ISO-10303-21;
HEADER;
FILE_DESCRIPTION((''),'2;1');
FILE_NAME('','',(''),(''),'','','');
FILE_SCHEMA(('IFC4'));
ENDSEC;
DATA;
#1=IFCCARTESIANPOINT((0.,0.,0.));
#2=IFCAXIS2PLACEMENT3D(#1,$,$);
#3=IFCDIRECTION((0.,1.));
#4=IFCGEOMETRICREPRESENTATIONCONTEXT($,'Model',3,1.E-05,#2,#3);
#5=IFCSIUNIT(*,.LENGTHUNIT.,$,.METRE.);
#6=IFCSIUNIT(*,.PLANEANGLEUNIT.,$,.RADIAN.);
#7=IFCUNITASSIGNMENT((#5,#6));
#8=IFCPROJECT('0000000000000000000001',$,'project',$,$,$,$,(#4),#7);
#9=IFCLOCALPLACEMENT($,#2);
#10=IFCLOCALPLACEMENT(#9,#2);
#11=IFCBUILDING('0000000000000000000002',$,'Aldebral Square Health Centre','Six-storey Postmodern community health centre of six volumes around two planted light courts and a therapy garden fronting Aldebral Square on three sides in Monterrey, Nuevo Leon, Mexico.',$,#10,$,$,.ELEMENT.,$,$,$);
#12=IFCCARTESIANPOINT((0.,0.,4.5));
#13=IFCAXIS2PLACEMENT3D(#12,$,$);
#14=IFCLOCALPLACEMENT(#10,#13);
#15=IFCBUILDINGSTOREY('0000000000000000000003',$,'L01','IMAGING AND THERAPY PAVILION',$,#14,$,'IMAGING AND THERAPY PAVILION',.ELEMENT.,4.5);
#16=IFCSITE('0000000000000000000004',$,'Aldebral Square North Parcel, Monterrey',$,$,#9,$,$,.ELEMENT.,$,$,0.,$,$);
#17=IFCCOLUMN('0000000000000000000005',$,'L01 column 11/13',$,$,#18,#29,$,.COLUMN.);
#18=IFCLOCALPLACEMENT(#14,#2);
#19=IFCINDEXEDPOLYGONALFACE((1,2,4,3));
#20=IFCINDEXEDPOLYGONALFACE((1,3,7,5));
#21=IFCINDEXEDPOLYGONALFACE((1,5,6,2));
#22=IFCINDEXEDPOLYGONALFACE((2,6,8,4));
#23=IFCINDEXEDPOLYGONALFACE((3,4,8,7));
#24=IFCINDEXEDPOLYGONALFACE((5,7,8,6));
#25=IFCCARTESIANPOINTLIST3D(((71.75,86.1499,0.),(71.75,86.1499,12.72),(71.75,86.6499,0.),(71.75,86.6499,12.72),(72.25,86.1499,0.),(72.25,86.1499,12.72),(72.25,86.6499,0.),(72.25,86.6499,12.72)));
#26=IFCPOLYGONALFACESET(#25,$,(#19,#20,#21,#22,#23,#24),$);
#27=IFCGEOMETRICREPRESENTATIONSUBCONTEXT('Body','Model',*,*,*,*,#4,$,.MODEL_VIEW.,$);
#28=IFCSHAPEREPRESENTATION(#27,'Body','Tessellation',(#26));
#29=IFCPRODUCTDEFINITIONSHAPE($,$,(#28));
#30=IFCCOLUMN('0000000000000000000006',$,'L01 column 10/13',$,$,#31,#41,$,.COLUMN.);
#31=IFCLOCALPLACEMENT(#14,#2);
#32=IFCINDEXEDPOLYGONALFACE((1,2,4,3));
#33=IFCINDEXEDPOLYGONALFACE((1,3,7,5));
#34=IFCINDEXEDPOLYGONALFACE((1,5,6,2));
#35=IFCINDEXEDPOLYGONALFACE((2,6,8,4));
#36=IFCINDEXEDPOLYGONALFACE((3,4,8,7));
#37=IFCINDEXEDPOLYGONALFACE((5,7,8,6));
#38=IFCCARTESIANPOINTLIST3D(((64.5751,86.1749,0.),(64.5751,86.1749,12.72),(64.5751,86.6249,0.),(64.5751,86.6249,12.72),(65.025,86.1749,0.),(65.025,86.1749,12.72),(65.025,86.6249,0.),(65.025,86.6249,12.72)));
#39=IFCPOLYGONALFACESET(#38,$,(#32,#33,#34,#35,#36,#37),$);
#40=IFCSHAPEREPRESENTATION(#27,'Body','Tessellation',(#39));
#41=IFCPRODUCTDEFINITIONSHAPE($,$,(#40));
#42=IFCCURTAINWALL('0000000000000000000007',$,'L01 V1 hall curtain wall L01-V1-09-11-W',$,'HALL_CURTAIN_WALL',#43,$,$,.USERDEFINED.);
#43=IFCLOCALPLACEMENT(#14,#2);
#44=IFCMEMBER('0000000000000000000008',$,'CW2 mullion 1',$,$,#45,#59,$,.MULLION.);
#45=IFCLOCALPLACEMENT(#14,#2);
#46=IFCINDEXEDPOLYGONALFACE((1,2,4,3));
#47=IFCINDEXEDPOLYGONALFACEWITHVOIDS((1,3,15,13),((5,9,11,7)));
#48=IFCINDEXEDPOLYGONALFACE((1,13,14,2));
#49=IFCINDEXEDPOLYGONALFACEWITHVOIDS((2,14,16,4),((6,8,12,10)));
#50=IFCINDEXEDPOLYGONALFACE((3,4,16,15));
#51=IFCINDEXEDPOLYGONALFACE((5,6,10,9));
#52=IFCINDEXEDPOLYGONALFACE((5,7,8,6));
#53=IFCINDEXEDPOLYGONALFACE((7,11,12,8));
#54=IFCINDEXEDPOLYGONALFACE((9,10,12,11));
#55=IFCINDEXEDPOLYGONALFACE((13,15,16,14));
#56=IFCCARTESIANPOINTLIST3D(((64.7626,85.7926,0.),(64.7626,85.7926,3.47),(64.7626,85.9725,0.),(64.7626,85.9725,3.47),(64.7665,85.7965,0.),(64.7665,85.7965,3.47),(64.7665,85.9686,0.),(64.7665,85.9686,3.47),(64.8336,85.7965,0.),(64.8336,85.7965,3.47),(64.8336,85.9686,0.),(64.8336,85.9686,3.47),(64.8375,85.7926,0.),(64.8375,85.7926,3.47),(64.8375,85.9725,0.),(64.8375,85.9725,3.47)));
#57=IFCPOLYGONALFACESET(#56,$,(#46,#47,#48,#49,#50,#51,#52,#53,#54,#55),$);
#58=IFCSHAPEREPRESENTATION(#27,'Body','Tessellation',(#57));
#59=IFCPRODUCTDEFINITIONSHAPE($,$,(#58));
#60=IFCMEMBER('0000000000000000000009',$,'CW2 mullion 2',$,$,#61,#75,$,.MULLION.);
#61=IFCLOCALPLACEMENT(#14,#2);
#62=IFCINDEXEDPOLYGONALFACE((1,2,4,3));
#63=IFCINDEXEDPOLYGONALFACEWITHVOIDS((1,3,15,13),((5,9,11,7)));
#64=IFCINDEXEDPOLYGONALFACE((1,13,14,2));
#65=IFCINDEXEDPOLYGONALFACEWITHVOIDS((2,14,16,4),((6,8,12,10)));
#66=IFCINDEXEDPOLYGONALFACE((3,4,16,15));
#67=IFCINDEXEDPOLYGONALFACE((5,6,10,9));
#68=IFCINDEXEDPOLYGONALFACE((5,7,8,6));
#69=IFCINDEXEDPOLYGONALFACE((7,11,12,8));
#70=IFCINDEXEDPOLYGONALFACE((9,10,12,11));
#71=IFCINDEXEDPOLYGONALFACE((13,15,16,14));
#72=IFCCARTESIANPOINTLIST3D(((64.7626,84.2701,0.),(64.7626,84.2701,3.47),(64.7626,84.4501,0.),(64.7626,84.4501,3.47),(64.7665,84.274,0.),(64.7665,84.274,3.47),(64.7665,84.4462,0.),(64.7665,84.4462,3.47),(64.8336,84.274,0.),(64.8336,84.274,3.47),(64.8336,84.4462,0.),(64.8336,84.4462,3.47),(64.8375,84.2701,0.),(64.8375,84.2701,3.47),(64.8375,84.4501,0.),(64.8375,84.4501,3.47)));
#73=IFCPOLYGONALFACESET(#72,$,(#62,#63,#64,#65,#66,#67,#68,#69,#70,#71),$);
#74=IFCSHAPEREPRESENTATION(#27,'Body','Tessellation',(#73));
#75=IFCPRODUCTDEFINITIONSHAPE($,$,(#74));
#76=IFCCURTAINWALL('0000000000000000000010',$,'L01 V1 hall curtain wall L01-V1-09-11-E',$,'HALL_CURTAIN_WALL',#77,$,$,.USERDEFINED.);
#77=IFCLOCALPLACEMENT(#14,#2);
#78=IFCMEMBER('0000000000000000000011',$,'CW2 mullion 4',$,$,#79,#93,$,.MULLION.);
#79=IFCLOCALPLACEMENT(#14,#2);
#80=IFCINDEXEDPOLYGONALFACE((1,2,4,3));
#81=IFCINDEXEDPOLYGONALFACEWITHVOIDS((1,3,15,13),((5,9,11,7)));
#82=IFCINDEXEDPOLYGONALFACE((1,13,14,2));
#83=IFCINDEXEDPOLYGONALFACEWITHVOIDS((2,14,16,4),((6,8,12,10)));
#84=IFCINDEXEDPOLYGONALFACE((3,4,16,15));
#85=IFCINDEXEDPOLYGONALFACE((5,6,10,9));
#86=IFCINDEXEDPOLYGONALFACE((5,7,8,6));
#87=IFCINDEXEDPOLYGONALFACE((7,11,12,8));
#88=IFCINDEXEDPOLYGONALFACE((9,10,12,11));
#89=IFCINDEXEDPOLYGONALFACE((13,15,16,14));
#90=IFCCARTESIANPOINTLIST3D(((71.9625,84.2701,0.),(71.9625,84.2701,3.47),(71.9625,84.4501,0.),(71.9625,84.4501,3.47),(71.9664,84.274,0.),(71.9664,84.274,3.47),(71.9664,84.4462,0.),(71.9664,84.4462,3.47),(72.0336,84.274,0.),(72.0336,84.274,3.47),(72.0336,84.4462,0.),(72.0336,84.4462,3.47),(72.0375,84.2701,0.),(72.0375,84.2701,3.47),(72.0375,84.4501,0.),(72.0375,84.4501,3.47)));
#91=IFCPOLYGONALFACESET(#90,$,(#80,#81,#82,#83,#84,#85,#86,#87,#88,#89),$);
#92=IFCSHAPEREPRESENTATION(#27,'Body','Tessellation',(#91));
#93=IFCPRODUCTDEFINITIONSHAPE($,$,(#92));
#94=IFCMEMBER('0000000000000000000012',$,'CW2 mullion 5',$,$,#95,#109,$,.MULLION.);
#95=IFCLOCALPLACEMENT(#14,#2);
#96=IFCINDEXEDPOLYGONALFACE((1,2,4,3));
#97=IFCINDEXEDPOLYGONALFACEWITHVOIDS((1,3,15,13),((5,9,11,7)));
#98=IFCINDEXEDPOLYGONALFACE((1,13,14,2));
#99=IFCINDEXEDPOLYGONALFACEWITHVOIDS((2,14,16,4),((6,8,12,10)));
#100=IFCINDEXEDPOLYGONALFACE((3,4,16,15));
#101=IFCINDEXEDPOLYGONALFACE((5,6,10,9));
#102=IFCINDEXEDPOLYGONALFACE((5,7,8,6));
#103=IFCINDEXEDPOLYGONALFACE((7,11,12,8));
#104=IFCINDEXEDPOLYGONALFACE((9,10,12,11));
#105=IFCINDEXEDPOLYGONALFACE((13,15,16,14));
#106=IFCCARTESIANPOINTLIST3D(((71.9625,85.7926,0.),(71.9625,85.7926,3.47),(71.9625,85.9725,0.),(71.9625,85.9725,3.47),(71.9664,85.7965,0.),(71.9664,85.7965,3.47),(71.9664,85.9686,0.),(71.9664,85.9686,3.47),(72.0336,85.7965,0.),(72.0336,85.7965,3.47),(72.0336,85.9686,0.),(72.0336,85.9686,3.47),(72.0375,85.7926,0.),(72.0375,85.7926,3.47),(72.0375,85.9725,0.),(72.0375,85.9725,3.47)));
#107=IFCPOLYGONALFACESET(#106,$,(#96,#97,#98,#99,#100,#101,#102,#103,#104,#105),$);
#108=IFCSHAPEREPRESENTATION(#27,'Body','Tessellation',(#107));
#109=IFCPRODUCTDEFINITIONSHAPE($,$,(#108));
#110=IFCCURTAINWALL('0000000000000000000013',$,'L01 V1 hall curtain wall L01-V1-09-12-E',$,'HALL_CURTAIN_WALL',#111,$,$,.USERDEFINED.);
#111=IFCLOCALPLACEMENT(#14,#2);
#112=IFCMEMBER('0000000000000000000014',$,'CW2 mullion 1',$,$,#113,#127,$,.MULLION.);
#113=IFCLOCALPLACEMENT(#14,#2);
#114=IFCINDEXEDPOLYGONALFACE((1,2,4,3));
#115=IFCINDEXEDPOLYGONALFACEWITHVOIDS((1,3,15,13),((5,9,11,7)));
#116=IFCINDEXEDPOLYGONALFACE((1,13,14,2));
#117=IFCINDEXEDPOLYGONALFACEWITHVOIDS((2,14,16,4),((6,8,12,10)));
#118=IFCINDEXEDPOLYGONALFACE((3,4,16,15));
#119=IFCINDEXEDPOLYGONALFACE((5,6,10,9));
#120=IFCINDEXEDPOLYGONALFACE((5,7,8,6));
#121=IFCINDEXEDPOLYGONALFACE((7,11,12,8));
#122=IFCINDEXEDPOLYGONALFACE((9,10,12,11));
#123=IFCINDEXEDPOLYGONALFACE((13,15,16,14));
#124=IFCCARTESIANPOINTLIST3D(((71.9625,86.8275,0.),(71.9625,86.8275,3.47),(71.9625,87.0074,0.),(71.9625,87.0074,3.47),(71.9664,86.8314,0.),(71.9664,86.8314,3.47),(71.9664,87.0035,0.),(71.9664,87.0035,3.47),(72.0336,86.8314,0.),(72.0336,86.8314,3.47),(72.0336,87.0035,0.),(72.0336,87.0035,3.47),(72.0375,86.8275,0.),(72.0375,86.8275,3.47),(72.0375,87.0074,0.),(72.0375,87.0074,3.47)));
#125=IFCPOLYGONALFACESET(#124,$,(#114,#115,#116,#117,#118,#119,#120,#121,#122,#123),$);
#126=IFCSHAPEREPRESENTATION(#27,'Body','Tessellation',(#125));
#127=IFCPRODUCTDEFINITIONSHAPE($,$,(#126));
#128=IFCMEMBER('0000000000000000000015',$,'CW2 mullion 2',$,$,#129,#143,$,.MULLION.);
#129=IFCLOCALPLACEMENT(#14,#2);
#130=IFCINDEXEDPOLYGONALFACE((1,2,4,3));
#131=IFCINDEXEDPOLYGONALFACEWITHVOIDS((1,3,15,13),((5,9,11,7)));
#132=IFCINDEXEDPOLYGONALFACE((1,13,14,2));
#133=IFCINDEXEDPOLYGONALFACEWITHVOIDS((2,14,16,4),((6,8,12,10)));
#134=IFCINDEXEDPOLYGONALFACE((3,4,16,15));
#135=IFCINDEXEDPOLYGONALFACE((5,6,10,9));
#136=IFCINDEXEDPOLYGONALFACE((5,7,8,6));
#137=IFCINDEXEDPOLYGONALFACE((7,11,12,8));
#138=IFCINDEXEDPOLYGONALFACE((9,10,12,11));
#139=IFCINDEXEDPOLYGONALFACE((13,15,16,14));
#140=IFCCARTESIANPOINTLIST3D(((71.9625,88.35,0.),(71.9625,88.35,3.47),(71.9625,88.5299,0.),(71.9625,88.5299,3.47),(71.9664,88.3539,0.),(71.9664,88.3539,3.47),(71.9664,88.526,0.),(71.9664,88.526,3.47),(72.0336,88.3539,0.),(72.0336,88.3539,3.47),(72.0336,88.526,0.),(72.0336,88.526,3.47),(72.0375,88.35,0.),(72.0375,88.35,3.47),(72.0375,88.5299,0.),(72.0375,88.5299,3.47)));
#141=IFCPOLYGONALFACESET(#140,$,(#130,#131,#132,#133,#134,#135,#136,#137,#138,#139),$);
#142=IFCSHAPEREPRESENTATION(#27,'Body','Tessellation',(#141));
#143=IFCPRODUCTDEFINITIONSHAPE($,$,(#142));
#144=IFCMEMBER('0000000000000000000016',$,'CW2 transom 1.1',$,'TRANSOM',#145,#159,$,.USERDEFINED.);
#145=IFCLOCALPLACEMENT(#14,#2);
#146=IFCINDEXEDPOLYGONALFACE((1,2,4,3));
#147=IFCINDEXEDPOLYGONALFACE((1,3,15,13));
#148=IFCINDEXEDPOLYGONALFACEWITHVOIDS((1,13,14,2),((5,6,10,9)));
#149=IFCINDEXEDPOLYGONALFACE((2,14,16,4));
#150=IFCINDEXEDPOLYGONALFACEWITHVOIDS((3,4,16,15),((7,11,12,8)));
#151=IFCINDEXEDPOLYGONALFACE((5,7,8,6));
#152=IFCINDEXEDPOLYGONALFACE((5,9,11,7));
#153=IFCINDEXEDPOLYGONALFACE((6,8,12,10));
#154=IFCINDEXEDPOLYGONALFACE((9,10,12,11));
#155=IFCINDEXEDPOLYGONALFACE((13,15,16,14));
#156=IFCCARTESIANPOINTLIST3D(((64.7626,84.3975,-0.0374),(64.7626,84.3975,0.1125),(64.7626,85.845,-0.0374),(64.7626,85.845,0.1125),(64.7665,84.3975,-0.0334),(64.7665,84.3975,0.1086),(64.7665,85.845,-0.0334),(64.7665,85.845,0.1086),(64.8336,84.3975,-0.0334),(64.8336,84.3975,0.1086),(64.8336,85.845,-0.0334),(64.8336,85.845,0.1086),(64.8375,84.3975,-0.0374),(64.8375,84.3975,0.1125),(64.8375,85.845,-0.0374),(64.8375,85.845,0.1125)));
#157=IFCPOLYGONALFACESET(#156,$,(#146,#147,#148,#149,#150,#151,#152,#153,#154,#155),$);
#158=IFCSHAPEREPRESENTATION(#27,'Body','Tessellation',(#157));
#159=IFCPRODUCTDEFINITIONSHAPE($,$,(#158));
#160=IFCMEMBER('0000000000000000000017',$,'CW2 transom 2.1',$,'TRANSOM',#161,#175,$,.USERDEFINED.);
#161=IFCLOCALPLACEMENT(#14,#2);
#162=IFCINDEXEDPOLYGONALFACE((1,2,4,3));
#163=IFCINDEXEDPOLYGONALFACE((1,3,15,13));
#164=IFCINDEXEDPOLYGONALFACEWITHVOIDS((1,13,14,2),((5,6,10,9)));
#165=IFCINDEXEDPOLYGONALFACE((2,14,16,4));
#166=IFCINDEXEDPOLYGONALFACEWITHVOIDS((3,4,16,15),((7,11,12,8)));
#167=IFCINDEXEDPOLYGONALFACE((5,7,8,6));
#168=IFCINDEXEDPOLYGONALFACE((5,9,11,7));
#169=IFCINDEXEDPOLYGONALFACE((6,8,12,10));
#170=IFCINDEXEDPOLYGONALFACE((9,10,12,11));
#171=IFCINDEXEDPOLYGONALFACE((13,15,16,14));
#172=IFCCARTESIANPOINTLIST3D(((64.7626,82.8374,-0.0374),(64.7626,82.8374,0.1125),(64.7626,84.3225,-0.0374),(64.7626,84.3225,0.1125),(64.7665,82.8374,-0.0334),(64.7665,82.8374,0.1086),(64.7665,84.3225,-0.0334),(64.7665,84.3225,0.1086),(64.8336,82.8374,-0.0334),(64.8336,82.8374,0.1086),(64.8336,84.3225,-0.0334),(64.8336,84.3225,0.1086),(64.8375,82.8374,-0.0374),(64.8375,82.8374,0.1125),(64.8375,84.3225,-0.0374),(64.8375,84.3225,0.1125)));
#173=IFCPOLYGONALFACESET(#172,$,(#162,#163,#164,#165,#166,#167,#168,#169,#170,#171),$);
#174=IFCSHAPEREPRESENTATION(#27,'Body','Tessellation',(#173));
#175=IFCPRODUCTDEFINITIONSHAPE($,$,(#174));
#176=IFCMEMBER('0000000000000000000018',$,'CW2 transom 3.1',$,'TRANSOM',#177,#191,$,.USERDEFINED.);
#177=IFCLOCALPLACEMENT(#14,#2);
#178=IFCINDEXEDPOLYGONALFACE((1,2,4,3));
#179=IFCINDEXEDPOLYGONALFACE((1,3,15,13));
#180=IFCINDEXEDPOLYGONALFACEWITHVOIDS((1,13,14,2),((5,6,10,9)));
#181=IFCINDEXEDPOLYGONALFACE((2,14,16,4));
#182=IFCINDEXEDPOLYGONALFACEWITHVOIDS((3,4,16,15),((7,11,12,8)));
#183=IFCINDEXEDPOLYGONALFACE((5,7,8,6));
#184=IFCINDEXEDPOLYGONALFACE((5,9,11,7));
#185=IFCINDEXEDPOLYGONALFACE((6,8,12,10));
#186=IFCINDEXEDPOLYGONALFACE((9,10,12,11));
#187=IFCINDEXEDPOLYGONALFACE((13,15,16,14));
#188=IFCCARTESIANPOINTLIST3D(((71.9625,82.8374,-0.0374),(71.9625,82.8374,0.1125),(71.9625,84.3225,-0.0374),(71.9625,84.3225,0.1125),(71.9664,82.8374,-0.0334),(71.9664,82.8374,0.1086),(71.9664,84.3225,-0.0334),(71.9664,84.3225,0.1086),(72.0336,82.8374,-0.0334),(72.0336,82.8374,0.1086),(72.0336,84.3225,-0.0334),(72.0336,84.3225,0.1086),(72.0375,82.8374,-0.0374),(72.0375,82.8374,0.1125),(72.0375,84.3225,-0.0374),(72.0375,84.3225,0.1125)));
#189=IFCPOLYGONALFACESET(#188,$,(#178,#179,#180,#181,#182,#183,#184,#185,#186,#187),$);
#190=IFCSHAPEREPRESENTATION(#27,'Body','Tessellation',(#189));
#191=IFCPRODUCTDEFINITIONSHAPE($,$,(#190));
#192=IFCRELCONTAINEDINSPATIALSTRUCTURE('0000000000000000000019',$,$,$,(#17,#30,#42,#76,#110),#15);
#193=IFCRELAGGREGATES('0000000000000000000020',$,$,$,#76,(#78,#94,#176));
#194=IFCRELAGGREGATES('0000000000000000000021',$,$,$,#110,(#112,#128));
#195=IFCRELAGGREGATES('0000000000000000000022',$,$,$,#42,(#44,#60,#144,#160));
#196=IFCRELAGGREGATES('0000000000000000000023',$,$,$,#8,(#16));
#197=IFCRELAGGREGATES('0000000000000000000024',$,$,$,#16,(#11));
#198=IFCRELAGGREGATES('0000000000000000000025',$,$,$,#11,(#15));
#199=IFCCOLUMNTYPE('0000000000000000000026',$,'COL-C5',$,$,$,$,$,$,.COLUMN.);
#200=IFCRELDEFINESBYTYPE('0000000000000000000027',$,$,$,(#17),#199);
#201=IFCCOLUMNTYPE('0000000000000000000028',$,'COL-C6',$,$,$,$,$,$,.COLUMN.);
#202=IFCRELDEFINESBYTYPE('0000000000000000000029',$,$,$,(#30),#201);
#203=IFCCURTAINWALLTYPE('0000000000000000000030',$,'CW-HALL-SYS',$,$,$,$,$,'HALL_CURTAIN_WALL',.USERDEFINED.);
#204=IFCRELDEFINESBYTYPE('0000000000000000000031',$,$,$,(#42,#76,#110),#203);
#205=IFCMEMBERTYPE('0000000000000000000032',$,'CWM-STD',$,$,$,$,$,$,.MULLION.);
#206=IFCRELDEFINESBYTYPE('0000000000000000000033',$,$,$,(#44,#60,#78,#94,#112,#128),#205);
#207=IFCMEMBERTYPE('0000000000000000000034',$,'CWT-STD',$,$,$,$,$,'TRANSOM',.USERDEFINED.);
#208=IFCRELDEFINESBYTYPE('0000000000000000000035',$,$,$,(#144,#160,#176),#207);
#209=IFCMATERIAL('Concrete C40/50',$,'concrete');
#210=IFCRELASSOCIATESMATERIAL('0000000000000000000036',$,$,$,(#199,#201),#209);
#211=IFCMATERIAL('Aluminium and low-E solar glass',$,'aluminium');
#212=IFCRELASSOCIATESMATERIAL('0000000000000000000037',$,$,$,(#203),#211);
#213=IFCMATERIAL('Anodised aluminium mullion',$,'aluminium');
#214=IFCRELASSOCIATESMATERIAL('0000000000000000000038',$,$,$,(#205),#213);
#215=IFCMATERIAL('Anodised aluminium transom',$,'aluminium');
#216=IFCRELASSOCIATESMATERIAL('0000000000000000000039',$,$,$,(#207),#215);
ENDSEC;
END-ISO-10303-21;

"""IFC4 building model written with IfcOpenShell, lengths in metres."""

from ifc_helpers import new_model, si_unit, direction, frame, origin, origin_2d, place, context, subcontext, project, spatial, rectangle, hollow_rectangle, extrude, material, material_profile, profile_set, type_object, element, aggregate, save


model = new_model("IFC4")

# Units and contexts
model_context = context("Model", 3, precision=1e-05, world=origin(), true_north=direction((0.0, 1.0)))
body_context = subcontext(model_context, "Body", "Model", "MODEL_VIEW")
ifc_project = project(units=[si_unit("LENGTHUNIT", "METRE"), si_unit("PLANEANGLEUNIT", "RADIAN")], contexts=[model_context])

# Site, building, storey
site_placement = place(None, origin())
site = spatial("IfcSite", under=ifc_project, at=site_placement, Name="Aldebral Square North Parcel, Monterrey", CompositionType="ELEMENT", RefElevation=0.0)
building_placement = place(site_placement, origin())
building = spatial("IfcBuilding", under=site, at=building_placement, Name="Aldebral Square Health Centre", Description="Six-storey Postmodern community health centre of six volumes around two planted light courts and a therapy garden fronting Aldebral Square on three sides in Monterrey, Nuevo Leon, Mexico.", CompositionType="ELEMENT")
storey_placement = place(building_placement, frame((0.0, 0.0, 4.5)))
storey = spatial("IfcBuildingStorey", under=building, at=storey_placement, Name="L01", Description="IMAGING AND THERAPY PAVILION", LongName="IMAGING AND THERAPY PAVILION", CompositionType="ELEMENT", Elevation=4.5)

# Columns
ifc_material_1 = material(Name="Concrete C40/50", Category="concrete")
ifc_material_profile_1 = material_profile(ifc_material_1, rectangle(XDim=0.5, YDim=0.5, at=origin_2d()), Name="RC 500x500")
ifc_profile_set_1 = profile_set([ifc_material_profile_1], Name="Concrete C40/50")
column_type_1 = type_object("IfcColumnType", Name="COL-C5", PredefinedType="COLUMN", material=ifc_profile_set_1)
column_1_placement = place(storey_placement, frame((72.0, 86.3999, 0.0), z_axis=(0.0, 0.0, 1.0), x_axis=(1.0, 0.0, 0.0)))
element("IfcColumn", 1, at=column_1_placement, inside=storey, type_object=column_type_1, Name="L01 column 11/13", PredefinedType="COLUMN", context=body_context, shape_type="SweptSolid", body=[
    extrude(rectangle(XDim=0.5, YDim=0.5, at=origin_2d()), origin(), (0.0, 0.0, 1.0), 12.72),
])
ifc_material_profile_2 = material_profile(ifc_material_1, rectangle(XDim=0.45, YDim=0.45, at=origin_2d()), Name="RC 450x450")
ifc_profile_set_2 = profile_set([ifc_material_profile_2], Name="Concrete C40/50")
column_type_2 = type_object("IfcColumnType", Name="COL-C6", PredefinedType="COLUMN", material=ifc_profile_set_2)
column_2_placement = place(storey_placement, frame((64.8, 86.3999, 0.0), z_axis=(0.0, 0.0, 1.0), x_axis=(1.0, 0.0, 0.0)))
element("IfcColumn", 2, at=column_2_placement, inside=storey, type_object=column_type_2, Name="L01 column 10/13", PredefinedType="COLUMN", context=body_context, shape_type="SweptSolid", body=[
    extrude(rectangle(XDim=0.45, YDim=0.45, at=origin_2d()), origin(), (0.0, 0.0, 1.0), 12.72),
])

# Curtain walls, members
ifc_material_2 = material(Name="Aluminium and low-E solar glass", Category="aluminium")
curtain_wall_type = type_object("IfcCurtainWallType", Name="CW-HALL-SYS", ElementType="HALL_CURTAIN_WALL", PredefinedType="USERDEFINED", material=ifc_material_2)
curtain_wall_1_placement = place(storey_placement, origin())
curtain_wall_1 = element("IfcCurtainWall", 3, at=curtain_wall_1_placement, inside=storey, type_object=curtain_wall_type, Name="L01 V1 hall curtain wall L01-V1-09-11-W", ObjectType="HALL_CURTAIN_WALL", PredefinedType="USERDEFINED")
ifc_material_3 = material(Name="Anodised aluminium mullion", Category="aluminium")
ifc_material_profile_3 = material_profile(ifc_material_3, hollow_rectangle(XDim=0.075, YDim=0.1799, WallThickness=0.0039, at=origin_2d()), Name="CWM 75x180x4")
ifc_profile_set_3 = profile_set([ifc_material_profile_3], Name="Anodised aluminium mullion")
member_type_1 = type_object("IfcMemberType", Name="CWM-STD", PredefinedType="MULLION", material=ifc_profile_set_3)
member_1_placement = place(storey_placement, frame((64.8, 85.8826, 0.0), z_axis=(0.0, 0.0, 1.0), x_axis=(1.0, 0.0, 0.0)))
member_1 = element("IfcMember", 4, at=member_1_placement, type_object=member_type_1, Name="CW2 mullion 1", PredefinedType="MULLION", context=body_context, shape_type="SweptSolid", body=[
    extrude(hollow_rectangle(XDim=0.075, YDim=0.1799, WallThickness=0.0039, at=origin_2d()), origin(), (0.0, 0.0, 1.0), 3.47),
])
member_2_placement = place(storey_placement, frame((64.8, 84.3601, 0.0), z_axis=(0.0, 0.0, 1.0), x_axis=(1.0, 0.0, 0.0)))
member_2 = element("IfcMember", 5, at=member_2_placement, type_object=member_type_1, Name="CW2 mullion 2", PredefinedType="MULLION", context=body_context, shape_type="SweptSolid", body=[
    extrude(hollow_rectangle(XDim=0.075, YDim=0.1799, WallThickness=0.0039, at=origin_2d()), origin(), (0.0, 0.0, 1.0), 3.47),
])
curtain_wall_2_placement = place(storey_placement, origin())
curtain_wall_2 = element("IfcCurtainWall", 6, at=curtain_wall_2_placement, inside=storey, type_object=curtain_wall_type, Name="L01 V1 hall curtain wall L01-V1-09-11-E", ObjectType="HALL_CURTAIN_WALL", PredefinedType="USERDEFINED")
member_3_placement = place(storey_placement, frame((72.0, 84.3601, 0.0), z_axis=(0.0, 0.0, 1.0), x_axis=(-1.0, 0.0, 0.0)))
member_3 = element("IfcMember", 7, at=member_3_placement, type_object=member_type_1, Name="CW2 mullion 4", PredefinedType="MULLION", context=body_context, shape_type="SweptSolid", body=[
    extrude(hollow_rectangle(XDim=0.075, YDim=0.1799, WallThickness=0.0039, at=origin_2d()), origin(), (0.0, 0.0, 1.0), 3.47),
])
member_4_placement = place(storey_placement, frame((72.0, 85.8826, 0.0), z_axis=(0.0, 0.0, 1.0), x_axis=(-1.0, 0.0, 0.0)))
member_4 = element("IfcMember", 8, at=member_4_placement, type_object=member_type_1, Name="CW2 mullion 5", PredefinedType="MULLION", context=body_context, shape_type="SweptSolid", body=[
    extrude(hollow_rectangle(XDim=0.075, YDim=0.1799, WallThickness=0.0039, at=origin_2d()), origin(), (0.0, 0.0, 1.0), 3.47),
])
curtain_wall_3_placement = place(storey_placement, origin())
curtain_wall_3 = element("IfcCurtainWall", 9, at=curtain_wall_3_placement, inside=storey, type_object=curtain_wall_type, Name="L01 V1 hall curtain wall L01-V1-09-12-E", ObjectType="HALL_CURTAIN_WALL", PredefinedType="USERDEFINED")
member_5_placement = place(storey_placement, frame((72.0, 86.9175, 0.0), z_axis=(0.0, 0.0, 1.0), x_axis=(-1.0, 0.0, 0.0)))
member_5 = element("IfcMember", 10, at=member_5_placement, type_object=member_type_1, Name="CW2 mullion 1", PredefinedType="MULLION", context=body_context, shape_type="SweptSolid", body=[
    extrude(hollow_rectangle(XDim=0.075, YDim=0.1799, WallThickness=0.0039, at=origin_2d()), origin(), (0.0, 0.0, 1.0), 3.47),
])
member_6_placement = place(storey_placement, frame((72.0, 88.4399, 0.0), z_axis=(0.0, 0.0, 1.0), x_axis=(-1.0, 0.0, 0.0)))
member_6 = element("IfcMember", 11, at=member_6_placement, type_object=member_type_1, Name="CW2 mullion 2", PredefinedType="MULLION", context=body_context, shape_type="SweptSolid", body=[
    extrude(hollow_rectangle(XDim=0.075, YDim=0.1799, WallThickness=0.0039, at=origin_2d()), origin(), (0.0, 0.0, 1.0), 3.47),
])

# Members
ifc_material_4 = material(Name="Anodised aluminium transom", Category="aluminium")
ifc_material_profile_4 = material_profile(ifc_material_4, hollow_rectangle(XDim=0.075, YDim=0.1499, WallThickness=0.0039, at=origin_2d()), Name="CWT 75x150x4")
ifc_profile_set_4 = profile_set([ifc_material_profile_4], Name="Anodised aluminium transom")
member_type_2 = type_object("IfcMemberType", Name="CWT-STD", ElementType="TRANSOM", PredefinedType="USERDEFINED", material=ifc_profile_set_4)
member_7_placement = place(storey_placement, frame((64.8, 85.845, 0.0376), z_axis=(0.0, -1.0, 0.0), x_axis=(1.0, 0.0, 0.0)))
member_7 = element("IfcMember", 12, at=member_7_placement, type_object=member_type_2, Name="CW2 transom 1.1", ObjectType="TRANSOM", PredefinedType="USERDEFINED", context=body_context, shape_type="SweptSolid", body=[
    extrude(hollow_rectangle(XDim=0.075, YDim=0.1499, WallThickness=0.0039, at=origin_2d()), origin(), (0.0, 0.0, 1.0), 1.4475),
])
member_8_placement = place(storey_placement, frame((64.8, 84.3225, 0.0376), z_axis=(0.0, -1.0, 0.0), x_axis=(1.0, 0.0, 0.0)))
member_8 = element("IfcMember", 13, at=member_8_placement, type_object=member_type_2, Name="CW2 transom 2.1", ObjectType="TRANSOM", PredefinedType="USERDEFINED", context=body_context, shape_type="SweptSolid", body=[
    extrude(hollow_rectangle(XDim=0.075, YDim=0.1499, WallThickness=0.0039, at=origin_2d()), origin(), (0.0, 0.0, 1.0), 1.4851),
])
member_9_placement = place(storey_placement, frame((72.0, 82.8374, 0.0376), z_axis=(0.0, 1.0, 0.0), x_axis=(-1.0, 0.0, 0.0)))
member_9 = element("IfcMember", 14, at=member_9_placement, type_object=member_type_2, Name="CW2 transom 3.1", ObjectType="TRANSOM", PredefinedType="USERDEFINED", context=body_context, shape_type="SweptSolid", body=[
    extrude(hollow_rectangle(XDim=0.075, YDim=0.1499, WallThickness=0.0039, at=origin_2d()), origin(), (0.0, 0.0, 1.0), 1.4851),
])
aggregate(curtain_wall_2, [member_3, member_4, member_9])
aggregate(curtain_wall_3, [member_5, member_6])

aggregate(curtain_wall_1, [member_1, member_2, member_7, member_8])

save(model, "model.ifc")
